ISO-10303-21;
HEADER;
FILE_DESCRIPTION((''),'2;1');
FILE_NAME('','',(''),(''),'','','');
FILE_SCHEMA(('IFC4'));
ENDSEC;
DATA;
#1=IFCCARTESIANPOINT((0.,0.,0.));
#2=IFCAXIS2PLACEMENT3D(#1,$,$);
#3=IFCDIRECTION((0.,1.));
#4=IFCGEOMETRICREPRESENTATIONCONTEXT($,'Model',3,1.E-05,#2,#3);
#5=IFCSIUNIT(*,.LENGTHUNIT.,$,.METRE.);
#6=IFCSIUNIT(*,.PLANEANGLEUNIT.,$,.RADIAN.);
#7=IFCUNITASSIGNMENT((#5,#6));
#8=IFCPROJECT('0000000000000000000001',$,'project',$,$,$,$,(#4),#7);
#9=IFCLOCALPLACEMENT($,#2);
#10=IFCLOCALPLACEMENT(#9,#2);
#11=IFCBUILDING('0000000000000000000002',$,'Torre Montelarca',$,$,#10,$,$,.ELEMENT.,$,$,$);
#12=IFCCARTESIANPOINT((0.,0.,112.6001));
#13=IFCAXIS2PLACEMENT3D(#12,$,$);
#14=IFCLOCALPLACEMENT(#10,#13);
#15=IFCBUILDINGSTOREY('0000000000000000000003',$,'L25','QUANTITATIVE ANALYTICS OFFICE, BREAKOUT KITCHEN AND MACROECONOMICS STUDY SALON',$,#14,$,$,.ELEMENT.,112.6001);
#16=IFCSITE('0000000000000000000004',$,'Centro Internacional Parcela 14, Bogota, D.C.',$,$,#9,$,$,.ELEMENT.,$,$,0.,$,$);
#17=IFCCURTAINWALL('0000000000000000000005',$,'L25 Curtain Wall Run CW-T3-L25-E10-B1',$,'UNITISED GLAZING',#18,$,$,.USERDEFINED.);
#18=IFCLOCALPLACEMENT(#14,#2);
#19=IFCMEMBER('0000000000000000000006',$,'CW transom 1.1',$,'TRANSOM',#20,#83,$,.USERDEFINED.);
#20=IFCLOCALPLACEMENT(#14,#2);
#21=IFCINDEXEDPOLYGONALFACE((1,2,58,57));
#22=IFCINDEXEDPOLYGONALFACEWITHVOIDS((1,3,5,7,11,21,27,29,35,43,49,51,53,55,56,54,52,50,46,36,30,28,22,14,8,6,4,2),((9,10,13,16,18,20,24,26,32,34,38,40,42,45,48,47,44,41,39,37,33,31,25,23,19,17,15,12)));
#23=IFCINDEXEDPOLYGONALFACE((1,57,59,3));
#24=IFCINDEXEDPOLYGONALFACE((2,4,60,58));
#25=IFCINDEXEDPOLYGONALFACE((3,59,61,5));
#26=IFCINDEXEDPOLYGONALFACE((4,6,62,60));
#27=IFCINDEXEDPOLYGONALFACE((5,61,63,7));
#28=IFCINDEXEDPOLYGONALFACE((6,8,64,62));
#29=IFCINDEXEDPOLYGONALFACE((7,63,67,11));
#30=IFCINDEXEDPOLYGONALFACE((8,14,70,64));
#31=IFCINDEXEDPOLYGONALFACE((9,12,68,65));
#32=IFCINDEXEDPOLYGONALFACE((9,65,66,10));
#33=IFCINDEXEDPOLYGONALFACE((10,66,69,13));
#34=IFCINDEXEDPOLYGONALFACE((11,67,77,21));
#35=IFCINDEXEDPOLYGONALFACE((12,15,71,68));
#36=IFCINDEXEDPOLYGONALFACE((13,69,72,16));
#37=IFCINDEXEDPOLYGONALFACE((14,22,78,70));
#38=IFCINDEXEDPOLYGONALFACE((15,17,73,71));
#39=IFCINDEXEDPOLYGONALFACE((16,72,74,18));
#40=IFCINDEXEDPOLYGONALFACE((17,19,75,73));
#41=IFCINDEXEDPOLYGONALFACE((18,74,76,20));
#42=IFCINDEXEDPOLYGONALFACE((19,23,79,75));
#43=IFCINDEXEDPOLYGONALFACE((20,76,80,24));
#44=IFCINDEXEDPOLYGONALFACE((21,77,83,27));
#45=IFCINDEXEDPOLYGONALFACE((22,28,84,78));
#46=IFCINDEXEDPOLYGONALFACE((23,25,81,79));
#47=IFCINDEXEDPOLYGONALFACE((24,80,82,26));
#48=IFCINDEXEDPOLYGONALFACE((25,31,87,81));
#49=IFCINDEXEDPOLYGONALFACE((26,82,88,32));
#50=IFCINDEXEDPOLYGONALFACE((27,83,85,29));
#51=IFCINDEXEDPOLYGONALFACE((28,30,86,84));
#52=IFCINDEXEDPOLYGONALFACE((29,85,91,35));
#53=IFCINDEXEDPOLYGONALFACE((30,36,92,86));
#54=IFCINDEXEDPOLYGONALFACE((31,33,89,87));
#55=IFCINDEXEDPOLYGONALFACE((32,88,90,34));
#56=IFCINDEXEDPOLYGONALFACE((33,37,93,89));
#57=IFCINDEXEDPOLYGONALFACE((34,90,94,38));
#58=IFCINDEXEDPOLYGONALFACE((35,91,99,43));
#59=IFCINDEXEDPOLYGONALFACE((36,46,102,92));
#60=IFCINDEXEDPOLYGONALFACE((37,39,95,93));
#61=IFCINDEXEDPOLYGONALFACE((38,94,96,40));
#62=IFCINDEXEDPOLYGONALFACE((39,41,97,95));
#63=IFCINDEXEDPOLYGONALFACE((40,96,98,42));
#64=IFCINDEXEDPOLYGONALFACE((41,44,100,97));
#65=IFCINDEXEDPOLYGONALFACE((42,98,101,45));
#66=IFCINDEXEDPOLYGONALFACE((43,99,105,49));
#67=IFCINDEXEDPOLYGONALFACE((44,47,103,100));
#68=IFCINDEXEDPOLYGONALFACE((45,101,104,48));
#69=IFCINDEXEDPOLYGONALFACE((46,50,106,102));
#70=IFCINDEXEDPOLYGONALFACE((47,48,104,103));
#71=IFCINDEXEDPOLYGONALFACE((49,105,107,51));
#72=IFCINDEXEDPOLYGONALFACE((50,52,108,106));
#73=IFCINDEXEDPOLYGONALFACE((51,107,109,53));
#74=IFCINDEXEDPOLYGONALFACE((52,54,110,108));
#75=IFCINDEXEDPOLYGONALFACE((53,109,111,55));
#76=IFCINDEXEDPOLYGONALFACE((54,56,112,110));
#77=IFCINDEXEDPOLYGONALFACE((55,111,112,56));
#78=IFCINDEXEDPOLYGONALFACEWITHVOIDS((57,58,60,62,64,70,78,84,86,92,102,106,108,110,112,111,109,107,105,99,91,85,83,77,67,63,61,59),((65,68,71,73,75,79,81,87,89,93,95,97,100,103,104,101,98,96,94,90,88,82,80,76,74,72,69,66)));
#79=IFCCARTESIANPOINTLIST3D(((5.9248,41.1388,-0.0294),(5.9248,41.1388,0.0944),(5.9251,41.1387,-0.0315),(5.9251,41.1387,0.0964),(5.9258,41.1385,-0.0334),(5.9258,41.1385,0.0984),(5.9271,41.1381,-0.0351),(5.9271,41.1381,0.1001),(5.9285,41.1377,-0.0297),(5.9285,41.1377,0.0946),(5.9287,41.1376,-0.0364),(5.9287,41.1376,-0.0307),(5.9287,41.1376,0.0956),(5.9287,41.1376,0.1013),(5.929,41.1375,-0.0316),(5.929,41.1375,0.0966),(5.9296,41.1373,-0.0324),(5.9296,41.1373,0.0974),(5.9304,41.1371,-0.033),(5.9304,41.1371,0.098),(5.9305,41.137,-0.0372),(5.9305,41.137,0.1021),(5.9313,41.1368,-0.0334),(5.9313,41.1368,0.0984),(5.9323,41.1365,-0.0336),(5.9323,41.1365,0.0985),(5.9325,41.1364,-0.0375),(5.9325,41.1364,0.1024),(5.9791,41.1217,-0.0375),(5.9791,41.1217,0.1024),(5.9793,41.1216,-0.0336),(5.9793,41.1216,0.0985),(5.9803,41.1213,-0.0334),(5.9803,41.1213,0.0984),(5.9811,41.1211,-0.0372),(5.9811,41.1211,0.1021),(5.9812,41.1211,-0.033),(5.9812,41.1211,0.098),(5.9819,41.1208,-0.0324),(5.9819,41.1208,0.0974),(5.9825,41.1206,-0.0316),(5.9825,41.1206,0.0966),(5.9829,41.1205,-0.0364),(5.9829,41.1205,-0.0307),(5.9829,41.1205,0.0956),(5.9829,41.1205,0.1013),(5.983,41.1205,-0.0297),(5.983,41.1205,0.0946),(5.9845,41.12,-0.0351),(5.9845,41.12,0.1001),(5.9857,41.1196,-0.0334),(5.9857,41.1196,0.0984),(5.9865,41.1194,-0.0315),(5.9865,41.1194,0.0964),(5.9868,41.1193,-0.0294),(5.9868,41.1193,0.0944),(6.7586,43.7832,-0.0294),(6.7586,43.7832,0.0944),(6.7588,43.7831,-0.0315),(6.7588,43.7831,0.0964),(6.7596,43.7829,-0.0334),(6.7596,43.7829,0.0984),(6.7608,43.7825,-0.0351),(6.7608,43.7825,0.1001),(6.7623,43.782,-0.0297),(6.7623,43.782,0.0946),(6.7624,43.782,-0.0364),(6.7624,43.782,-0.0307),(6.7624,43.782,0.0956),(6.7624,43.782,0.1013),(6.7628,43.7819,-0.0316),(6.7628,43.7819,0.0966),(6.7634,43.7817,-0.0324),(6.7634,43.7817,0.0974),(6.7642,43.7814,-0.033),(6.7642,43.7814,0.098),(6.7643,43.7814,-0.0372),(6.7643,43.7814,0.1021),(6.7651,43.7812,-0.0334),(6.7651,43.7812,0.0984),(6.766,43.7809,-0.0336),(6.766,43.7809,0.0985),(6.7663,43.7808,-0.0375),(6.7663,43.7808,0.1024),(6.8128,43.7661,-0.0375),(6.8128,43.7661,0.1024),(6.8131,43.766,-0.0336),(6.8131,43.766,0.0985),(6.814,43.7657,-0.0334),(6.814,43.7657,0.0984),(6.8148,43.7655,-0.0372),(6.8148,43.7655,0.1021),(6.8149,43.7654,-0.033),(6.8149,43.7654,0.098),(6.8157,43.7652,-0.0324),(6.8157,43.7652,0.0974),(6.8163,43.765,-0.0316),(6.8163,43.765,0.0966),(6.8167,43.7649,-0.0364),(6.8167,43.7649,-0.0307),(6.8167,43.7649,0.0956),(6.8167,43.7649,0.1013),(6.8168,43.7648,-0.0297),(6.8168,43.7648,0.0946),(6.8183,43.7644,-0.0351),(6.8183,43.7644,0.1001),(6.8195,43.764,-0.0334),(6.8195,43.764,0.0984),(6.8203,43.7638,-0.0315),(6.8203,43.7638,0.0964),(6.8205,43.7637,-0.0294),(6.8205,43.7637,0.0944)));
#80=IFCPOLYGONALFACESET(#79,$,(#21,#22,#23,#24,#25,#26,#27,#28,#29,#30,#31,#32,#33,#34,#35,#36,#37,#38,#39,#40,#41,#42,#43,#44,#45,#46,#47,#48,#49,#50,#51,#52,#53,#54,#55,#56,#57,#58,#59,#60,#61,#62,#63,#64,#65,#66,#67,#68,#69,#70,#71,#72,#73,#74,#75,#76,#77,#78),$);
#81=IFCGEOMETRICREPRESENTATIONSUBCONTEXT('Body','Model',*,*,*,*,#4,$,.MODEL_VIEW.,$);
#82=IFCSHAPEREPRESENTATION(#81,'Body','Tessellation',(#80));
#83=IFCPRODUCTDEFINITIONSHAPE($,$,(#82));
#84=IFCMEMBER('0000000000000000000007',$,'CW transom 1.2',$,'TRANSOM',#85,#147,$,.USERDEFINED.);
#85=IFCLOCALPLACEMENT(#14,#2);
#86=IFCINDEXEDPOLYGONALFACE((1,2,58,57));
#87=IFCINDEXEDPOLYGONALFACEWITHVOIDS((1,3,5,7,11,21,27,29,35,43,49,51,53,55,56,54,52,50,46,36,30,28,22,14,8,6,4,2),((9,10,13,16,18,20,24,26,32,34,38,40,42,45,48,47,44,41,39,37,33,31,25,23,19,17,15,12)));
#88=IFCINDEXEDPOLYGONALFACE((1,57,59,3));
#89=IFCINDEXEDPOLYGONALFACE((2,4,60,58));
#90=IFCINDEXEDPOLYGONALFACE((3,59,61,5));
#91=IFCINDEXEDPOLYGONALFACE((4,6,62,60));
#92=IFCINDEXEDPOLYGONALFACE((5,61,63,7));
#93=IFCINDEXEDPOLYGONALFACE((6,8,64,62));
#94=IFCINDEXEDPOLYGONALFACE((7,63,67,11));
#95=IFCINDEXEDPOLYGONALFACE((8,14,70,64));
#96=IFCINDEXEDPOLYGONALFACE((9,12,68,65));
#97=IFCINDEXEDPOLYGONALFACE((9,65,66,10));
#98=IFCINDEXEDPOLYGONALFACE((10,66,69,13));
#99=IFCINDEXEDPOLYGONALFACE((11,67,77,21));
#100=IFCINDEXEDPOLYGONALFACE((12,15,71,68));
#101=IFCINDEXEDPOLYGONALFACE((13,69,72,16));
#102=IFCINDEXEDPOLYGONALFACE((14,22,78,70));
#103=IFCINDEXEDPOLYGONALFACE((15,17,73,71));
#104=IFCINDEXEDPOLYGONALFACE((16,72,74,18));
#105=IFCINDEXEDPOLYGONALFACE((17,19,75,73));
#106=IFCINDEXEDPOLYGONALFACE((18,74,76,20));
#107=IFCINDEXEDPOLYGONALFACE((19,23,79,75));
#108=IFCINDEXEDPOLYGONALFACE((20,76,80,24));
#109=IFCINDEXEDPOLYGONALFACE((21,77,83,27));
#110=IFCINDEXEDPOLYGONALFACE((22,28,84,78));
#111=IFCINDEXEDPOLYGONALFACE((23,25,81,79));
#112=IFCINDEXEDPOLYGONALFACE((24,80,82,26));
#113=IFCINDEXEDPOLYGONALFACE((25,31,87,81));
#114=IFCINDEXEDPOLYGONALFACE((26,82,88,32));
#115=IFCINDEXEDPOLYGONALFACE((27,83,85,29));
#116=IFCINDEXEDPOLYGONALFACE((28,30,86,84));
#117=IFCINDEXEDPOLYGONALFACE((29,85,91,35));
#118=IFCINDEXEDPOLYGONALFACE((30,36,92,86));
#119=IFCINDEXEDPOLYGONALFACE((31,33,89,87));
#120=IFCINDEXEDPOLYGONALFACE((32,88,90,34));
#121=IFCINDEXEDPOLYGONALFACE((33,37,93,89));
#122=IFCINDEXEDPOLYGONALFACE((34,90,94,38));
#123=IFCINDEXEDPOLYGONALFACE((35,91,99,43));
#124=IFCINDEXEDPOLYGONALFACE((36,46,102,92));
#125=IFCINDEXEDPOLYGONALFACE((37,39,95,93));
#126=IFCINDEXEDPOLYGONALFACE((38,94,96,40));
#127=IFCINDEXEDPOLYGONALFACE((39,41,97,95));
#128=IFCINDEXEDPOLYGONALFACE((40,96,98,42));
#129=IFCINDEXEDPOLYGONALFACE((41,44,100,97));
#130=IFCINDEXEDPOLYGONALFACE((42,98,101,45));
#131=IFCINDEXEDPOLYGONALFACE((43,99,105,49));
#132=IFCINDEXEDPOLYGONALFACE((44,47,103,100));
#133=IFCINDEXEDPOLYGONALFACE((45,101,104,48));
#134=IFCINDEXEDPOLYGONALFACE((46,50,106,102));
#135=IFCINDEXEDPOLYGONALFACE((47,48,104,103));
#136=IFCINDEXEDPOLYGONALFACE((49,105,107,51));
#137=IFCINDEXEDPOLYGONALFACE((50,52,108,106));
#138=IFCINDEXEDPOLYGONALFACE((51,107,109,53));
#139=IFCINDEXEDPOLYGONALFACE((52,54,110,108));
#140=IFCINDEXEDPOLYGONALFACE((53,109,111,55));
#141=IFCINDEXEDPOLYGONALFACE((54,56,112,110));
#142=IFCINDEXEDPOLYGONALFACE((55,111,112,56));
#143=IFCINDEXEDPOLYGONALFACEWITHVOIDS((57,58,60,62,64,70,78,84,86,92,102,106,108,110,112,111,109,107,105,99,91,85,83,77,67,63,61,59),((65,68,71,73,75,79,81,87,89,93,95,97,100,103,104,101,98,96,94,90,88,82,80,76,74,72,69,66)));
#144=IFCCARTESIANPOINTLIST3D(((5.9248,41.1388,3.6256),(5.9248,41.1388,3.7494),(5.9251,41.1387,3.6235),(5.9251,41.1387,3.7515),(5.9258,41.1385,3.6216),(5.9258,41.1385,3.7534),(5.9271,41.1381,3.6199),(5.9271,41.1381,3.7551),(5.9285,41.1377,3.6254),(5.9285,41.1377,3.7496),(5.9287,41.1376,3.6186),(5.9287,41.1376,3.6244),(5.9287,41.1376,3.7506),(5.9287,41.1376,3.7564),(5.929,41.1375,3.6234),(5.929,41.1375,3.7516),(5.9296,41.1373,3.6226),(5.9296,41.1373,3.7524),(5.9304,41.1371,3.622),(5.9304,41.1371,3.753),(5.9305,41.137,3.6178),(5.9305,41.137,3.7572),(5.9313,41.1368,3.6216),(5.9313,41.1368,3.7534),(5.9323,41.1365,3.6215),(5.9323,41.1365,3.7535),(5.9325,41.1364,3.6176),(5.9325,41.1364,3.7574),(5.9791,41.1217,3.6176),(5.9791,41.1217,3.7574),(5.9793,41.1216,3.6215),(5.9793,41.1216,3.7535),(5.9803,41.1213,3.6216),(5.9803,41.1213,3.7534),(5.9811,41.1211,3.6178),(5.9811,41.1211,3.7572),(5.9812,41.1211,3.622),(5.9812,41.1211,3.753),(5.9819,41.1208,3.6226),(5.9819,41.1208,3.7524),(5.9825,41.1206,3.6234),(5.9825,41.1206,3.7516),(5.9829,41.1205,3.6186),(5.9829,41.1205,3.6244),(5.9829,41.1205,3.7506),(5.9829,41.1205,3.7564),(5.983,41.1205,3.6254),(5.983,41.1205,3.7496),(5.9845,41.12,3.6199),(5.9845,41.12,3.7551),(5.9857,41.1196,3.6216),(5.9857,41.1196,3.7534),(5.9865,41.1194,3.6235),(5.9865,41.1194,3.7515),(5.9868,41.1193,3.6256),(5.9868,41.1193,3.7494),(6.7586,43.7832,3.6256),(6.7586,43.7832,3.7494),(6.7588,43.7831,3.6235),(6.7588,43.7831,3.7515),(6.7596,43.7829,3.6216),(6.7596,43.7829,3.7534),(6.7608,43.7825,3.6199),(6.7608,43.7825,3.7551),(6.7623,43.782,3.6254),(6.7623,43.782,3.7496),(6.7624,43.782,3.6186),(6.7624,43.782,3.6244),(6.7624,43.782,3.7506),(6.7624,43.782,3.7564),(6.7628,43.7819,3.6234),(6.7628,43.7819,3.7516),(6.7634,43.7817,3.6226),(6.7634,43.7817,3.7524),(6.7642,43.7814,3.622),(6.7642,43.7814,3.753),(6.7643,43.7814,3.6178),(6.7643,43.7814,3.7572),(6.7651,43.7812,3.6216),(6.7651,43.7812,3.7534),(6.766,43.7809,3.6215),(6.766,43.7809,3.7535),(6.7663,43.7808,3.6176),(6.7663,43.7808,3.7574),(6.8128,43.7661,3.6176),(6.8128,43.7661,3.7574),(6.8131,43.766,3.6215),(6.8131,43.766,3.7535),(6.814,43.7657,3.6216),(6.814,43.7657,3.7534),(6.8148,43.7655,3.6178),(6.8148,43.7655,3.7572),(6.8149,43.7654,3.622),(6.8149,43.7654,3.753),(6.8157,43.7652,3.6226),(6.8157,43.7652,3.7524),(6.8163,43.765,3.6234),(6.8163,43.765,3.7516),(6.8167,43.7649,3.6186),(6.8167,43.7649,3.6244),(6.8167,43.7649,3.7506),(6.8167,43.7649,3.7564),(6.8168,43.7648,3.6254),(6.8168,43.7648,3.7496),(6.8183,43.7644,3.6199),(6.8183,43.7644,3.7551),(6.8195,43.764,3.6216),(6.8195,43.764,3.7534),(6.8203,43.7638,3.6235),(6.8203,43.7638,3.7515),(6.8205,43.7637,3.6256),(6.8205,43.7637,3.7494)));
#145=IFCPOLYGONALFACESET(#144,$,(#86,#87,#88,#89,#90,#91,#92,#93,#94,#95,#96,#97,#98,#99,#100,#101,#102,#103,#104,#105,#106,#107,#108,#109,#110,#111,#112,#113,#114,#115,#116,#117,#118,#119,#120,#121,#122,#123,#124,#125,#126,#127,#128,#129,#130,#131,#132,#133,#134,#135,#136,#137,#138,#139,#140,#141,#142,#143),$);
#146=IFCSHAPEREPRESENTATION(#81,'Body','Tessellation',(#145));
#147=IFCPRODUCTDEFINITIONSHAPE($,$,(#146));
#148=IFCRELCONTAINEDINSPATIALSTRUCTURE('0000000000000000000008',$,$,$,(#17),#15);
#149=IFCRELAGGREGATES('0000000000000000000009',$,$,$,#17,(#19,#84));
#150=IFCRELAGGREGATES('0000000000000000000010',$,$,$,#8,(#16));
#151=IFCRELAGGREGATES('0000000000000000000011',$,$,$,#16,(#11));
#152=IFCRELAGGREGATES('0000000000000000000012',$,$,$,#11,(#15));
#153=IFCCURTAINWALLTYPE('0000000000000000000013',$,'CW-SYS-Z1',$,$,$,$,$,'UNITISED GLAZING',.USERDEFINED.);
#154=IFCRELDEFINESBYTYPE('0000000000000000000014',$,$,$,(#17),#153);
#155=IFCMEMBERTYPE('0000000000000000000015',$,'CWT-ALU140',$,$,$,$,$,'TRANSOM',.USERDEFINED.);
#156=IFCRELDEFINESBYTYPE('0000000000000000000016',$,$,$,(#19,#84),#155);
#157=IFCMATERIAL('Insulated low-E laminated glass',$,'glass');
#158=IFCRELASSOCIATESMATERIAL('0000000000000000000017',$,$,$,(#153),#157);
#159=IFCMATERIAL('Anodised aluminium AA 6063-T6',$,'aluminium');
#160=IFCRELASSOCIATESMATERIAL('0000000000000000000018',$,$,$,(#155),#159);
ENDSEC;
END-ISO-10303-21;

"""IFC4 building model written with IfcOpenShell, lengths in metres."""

from ifc_helpers import new_model, si_unit, direction, frame, origin, origin_2d, place, context, subcontext, project, spatial, hollow_rectangle, extrude, source, transform, mapped, material, material_profile, profile_set, type_object, element, aggregate, save


model = new_model("IFC4")

# Units and contexts
model_context = context("Model", 3, precision=1e-05, world=origin(), true_north=direction((0.0, 1.0)))
body_context = subcontext(model_context, "Body", "Model", "MODEL_VIEW")
ifc_project = project(units=[si_unit("LENGTHUNIT", "METRE"), si_unit("PLANEANGLEUNIT", "RADIAN")], contexts=[model_context])

# Site, building, storey
site_placement = place(None, origin())
site = spatial("IfcSite", under=ifc_project, at=site_placement, Name="Centro Internacional Parcela 14, Bogota, D.C.", CompositionType="ELEMENT", RefElevation=0.0)
building_placement = place(site_placement, origin())
building = spatial("IfcBuilding", under=site, at=building_placement, Name="Torre Montelarca", CompositionType="ELEMENT")
storey_placement = place(building_placement, frame((0.0, 0.0, 112.6001)))
storey = spatial("IfcBuildingStorey", under=building, at=storey_placement, Name="L25", Description="QUANTITATIVE ANALYTICS OFFICE, BREAKOUT KITCHEN AND MACROECONOMICS STUDY SALON", CompositionType="ELEMENT", Elevation=112.6001)

# Curtain wall, members
ifc_material_1 = material(Name="Insulated low-E laminated glass", Category="glass")
curtain_wall_type = type_object("IfcCurtainWallType", Name="CW-SYS-Z1", ElementType="UNITISED GLAZING", PredefinedType="USERDEFINED", material=ifc_material_1)
curtain_wall_1_placement = place(storey_placement, origin())
curtain_wall_1 = element("IfcCurtainWall", 1, at=curtain_wall_1_placement, inside=storey, type_object=curtain_wall_type, Name="L25 Curtain Wall Run CW-T3-L25-E10-B1", ObjectType="UNITISED GLAZING", PredefinedType="USERDEFINED")
ifc_material_2 = material(Name="Anodised aluminium AA 6063-T6", Category="aluminium")
ifc_material_profile_1 = material_profile(ifc_material_2, hollow_rectangle(XDim=0.0649, YDim=0.1399, WallThickness=0.0039, InnerFilletRadius=0.0039, OuterFilletRadius=0.0081, at=origin_2d()), Name="ALU65X140X4", Category="aluminium")
ifc_profile_set_1 = profile_set([ifc_material_profile_1], Name="Anodised aluminium AA 6063-T6")
member_type_1 = type_object("IfcMemberType", Name="CWT-ALU140", ElementType="TRANSOM", PredefinedType="USERDEFINED", material=ifc_profile_set_1)
shared_shape_1 = source(origin(), body_context, "Body", "SweptSolid", [
    extrude(hollow_rectangle(XDim=0.0649, YDim=0.1399, WallThickness=0.0039, InnerFilletRadius=0.0039, OuterFilletRadius=0.0081, at=origin_2d()), origin(), (0.0, 0.0, 1.0), 2.7727),
])
member_1_placement = place(storey_placement, frame((6.7896, 43.7734, 0.0325), z_axis=(-0.300706, -0.953717, 0.0), x_axis=(0.953717, -0.300706, 0.0)))
member_1 = element("IfcMember", 2, at=member_1_placement, type_object=member_type_1, Name="CW transom 1.1", ObjectType="TRANSOM", PredefinedType="USERDEFINED", context=body_context, shape_type="MappedRepresentation", body=[
    mapped(shared_shape_1, transform((0.0, 0.0, 0.0), scale=1.0)),
])
member_2_placement = place(storey_placement, frame((6.7896, 43.7734, 3.6875), z_axis=(-0.300706, -0.953717, 0.0), x_axis=(0.953717, -0.300706, 0.0)))
member_2 = element("IfcMember", 3, at=member_2_placement, type_object=member_type_1, Name="CW transom 1.2", ObjectType="TRANSOM", PredefinedType="USERDEFINED", context=body_context, shape_type="MappedRepresentation", body=[
    mapped(shared_shape_1, transform((0.0, 0.0, 0.0), scale=1.0)),
])

aggregate(curtain_wall_1, [member_1, member_2])

save(model, "model.ifc")
